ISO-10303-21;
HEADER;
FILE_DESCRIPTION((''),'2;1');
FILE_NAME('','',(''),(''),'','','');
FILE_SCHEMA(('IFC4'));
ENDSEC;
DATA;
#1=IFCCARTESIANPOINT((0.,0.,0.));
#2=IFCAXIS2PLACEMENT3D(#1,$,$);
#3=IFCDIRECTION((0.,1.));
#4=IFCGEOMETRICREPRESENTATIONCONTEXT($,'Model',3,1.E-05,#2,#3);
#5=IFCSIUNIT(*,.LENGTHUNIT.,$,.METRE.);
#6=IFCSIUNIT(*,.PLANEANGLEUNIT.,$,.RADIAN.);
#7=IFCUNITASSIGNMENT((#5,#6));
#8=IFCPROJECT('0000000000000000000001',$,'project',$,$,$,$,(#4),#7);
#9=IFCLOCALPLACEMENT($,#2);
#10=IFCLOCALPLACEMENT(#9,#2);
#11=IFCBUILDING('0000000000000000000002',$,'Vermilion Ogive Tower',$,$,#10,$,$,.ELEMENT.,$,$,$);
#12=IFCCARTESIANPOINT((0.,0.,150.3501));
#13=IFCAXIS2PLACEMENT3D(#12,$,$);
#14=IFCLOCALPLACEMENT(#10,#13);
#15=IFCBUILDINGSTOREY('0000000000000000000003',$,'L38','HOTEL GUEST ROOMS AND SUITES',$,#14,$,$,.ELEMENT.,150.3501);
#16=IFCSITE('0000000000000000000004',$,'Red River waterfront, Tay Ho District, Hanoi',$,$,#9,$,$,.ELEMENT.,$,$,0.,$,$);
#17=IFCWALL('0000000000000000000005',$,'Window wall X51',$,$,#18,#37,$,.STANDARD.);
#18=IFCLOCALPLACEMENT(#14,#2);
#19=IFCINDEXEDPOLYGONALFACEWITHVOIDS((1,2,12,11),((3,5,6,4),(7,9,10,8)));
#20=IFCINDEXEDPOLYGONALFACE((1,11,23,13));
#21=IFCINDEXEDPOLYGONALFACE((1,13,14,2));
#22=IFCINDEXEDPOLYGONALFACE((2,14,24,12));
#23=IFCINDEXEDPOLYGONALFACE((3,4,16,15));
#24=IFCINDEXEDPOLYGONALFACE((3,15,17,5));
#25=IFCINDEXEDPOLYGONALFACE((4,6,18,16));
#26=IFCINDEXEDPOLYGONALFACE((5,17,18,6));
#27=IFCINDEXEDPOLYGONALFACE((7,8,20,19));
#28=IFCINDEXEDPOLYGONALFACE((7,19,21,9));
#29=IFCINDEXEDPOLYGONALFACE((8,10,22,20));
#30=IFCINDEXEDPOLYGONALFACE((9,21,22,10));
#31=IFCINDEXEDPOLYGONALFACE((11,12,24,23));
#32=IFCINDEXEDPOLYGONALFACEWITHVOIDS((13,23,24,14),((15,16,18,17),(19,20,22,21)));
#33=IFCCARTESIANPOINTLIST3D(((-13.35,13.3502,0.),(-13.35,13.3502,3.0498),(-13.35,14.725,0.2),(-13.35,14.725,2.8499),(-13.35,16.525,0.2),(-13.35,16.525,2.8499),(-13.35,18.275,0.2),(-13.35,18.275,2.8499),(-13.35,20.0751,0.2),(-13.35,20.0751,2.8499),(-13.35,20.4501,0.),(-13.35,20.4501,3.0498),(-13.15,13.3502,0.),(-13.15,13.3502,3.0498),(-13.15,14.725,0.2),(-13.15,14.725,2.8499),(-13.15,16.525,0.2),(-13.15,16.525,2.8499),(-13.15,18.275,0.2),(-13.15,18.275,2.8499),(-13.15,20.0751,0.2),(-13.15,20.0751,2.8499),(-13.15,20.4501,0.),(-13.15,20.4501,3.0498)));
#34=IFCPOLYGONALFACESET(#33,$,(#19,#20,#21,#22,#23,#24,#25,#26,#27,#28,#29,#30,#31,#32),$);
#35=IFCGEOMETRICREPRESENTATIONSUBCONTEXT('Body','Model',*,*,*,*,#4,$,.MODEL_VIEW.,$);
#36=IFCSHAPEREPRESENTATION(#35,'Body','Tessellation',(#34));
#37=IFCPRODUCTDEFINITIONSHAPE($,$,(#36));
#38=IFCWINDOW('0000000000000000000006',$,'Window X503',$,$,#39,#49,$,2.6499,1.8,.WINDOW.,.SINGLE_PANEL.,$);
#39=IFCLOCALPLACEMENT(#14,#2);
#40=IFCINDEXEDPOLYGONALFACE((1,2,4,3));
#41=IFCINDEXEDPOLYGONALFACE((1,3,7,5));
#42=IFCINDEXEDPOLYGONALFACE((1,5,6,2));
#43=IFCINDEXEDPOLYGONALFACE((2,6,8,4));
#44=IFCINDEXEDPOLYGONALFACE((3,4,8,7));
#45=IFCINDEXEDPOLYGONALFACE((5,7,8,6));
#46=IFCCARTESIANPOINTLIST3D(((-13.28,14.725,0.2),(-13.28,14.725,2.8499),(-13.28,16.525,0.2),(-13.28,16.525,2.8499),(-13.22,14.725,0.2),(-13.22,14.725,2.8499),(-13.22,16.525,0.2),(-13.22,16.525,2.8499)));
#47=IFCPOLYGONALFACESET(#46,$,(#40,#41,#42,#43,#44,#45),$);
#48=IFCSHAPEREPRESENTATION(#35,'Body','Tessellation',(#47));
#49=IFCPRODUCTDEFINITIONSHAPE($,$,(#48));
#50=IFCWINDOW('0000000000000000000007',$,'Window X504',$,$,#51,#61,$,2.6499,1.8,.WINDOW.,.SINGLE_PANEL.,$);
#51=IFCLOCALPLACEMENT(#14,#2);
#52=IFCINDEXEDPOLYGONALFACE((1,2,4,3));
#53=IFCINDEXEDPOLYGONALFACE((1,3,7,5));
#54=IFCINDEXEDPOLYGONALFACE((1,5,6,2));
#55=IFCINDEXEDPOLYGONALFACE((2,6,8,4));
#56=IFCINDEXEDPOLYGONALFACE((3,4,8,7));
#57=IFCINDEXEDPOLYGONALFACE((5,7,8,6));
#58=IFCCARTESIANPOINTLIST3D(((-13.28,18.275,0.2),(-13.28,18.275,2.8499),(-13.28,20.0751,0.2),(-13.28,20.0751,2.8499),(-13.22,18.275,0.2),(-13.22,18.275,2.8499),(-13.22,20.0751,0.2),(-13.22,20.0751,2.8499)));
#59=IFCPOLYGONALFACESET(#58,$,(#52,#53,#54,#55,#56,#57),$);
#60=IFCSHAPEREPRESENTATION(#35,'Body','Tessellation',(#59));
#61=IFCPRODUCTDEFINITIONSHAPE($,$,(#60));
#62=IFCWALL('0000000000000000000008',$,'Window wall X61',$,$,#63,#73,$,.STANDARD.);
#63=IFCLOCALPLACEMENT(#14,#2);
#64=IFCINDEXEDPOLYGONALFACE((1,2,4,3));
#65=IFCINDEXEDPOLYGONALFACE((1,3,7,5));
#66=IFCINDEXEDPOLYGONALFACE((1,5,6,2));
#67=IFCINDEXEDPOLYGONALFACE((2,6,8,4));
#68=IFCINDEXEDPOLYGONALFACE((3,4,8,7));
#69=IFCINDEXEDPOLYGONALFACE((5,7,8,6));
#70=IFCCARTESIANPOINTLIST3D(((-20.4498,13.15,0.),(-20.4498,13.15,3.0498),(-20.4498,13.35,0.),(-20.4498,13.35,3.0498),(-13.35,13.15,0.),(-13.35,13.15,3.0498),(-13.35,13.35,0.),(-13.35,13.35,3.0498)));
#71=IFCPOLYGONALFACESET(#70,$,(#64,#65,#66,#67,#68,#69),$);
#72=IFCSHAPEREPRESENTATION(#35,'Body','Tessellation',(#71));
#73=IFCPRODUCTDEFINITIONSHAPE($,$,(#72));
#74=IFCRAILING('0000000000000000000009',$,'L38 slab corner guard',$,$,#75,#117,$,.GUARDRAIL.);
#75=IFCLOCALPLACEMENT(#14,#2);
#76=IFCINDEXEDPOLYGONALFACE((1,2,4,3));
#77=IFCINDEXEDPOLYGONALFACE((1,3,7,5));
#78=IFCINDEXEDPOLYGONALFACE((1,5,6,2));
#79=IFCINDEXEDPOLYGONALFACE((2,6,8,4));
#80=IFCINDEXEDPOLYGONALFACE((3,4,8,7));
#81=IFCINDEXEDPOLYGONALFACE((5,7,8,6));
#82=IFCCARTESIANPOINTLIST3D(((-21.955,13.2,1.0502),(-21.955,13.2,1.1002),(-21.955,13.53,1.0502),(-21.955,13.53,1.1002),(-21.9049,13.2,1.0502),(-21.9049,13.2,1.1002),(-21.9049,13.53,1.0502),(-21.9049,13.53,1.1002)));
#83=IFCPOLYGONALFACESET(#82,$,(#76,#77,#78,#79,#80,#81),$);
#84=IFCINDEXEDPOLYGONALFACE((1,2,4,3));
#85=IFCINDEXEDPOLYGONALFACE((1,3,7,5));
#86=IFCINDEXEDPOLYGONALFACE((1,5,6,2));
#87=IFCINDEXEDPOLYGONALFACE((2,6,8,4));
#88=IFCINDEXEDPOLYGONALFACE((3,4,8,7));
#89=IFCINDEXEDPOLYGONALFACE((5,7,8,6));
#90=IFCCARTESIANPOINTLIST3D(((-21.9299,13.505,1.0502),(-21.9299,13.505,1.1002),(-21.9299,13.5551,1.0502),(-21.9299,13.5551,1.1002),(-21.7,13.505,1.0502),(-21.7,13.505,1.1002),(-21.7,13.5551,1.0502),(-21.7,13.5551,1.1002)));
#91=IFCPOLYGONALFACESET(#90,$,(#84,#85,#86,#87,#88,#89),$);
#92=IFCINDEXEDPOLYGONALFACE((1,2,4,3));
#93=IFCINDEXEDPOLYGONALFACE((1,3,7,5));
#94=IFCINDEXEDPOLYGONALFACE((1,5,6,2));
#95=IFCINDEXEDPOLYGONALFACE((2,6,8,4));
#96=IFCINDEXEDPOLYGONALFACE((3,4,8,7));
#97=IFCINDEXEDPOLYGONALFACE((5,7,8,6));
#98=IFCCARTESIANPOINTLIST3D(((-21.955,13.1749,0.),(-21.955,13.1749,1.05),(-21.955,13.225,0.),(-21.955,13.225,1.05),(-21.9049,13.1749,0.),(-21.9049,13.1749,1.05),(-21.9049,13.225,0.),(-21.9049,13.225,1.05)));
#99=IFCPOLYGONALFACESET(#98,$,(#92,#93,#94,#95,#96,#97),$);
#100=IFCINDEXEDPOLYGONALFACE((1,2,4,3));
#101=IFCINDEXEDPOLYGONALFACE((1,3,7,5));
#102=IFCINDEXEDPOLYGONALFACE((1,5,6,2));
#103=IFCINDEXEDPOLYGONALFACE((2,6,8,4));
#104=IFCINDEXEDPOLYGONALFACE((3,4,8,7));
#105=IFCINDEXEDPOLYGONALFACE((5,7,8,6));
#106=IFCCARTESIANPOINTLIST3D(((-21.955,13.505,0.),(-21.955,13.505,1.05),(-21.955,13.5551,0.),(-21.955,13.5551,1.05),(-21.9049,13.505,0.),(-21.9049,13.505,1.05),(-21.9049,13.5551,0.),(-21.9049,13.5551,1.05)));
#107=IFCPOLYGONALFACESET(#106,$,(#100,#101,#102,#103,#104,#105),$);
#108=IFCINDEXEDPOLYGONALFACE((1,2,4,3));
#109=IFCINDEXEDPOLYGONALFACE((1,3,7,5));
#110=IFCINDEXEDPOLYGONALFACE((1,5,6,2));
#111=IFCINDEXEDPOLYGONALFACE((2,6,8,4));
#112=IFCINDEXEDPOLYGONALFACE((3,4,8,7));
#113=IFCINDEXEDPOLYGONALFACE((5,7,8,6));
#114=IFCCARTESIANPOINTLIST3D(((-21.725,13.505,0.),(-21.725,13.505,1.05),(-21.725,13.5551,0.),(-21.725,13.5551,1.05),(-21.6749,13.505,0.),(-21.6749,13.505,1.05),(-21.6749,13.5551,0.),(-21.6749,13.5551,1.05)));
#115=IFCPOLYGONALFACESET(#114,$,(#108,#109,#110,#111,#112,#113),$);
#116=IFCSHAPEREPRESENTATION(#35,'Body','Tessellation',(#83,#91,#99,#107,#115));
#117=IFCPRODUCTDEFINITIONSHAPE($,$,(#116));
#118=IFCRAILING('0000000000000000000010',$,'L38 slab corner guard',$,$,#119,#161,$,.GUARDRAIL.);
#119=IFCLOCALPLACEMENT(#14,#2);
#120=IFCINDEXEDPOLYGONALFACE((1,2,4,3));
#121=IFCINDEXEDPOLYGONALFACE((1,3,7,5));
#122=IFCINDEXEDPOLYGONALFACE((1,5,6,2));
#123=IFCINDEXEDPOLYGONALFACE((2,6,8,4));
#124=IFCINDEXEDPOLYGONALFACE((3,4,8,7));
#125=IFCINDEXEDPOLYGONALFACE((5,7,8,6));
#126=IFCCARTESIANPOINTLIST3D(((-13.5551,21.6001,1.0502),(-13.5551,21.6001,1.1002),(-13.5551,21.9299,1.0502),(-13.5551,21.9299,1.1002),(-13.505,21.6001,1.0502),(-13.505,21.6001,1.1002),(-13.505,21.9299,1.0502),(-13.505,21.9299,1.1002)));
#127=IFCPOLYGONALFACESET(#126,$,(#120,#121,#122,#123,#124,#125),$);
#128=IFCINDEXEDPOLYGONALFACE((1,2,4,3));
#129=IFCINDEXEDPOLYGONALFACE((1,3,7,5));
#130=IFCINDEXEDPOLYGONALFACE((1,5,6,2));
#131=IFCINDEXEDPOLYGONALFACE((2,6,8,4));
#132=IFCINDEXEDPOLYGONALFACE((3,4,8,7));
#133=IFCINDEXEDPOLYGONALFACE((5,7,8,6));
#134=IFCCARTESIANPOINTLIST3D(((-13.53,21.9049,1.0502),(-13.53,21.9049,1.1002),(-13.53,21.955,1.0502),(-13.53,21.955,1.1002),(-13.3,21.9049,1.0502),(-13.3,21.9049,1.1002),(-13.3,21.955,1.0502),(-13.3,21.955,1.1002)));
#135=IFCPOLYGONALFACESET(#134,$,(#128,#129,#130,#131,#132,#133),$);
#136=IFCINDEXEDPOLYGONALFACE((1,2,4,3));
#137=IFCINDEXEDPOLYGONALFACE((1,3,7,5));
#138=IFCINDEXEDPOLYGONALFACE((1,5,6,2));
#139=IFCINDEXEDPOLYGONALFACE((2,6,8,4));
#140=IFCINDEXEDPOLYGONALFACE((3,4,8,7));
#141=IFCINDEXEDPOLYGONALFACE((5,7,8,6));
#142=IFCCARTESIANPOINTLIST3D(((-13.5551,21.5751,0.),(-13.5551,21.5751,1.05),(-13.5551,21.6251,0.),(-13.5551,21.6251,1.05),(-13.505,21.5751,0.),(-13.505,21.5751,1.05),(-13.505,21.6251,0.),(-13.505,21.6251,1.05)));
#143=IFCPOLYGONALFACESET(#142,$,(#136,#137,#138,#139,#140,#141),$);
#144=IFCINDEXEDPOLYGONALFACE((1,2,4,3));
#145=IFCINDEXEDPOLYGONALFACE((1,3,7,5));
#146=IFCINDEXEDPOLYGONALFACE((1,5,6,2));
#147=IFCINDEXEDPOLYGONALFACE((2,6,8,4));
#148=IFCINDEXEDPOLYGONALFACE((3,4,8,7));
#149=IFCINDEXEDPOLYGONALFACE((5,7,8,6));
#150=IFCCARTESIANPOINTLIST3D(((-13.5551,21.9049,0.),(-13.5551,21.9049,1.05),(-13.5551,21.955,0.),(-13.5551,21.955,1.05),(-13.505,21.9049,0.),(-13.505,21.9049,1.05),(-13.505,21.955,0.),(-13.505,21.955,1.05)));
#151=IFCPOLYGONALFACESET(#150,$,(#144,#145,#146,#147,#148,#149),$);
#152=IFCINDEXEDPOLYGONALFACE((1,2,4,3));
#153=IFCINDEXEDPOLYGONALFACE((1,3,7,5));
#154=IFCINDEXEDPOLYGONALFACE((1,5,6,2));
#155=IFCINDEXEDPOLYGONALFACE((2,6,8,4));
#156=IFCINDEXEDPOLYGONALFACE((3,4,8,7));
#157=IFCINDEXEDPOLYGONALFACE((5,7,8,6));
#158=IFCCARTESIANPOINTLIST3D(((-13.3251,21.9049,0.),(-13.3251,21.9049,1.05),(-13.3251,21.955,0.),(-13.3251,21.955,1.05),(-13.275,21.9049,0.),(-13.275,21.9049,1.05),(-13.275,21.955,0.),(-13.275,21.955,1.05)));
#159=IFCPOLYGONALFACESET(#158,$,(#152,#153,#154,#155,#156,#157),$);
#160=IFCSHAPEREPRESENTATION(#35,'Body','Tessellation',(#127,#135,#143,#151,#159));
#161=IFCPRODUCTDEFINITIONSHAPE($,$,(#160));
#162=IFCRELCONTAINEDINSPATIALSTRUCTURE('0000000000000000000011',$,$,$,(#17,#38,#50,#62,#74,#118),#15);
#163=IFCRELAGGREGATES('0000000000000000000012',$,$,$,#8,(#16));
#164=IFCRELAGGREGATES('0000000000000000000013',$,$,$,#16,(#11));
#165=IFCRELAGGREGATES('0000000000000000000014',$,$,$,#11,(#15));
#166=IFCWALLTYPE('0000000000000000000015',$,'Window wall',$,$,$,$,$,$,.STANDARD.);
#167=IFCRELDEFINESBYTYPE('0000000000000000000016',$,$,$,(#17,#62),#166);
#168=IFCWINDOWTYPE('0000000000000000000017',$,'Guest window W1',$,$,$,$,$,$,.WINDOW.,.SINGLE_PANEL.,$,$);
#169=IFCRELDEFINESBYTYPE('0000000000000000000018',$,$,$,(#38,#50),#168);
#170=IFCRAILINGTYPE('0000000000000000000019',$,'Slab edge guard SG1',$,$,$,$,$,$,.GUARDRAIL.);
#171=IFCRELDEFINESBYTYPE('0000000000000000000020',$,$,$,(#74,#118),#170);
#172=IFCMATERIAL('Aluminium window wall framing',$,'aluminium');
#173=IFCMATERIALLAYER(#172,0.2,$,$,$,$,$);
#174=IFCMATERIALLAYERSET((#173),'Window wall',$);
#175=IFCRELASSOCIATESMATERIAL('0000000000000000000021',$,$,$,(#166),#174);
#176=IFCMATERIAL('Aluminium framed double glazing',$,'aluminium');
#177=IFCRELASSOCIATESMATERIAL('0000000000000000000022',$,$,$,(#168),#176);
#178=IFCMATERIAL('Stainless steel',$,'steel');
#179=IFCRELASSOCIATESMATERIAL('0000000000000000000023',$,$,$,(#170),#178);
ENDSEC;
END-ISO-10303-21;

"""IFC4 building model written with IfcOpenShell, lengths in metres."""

from ifc_helpers import new_model, si_unit, direction, frame, frame_2d, origin, origin_2d, place, context, subcontext, project, spatial, rectangle, extrude, material, layer, layer_set, type_object, element, fill, save


model = new_model("IFC4")

# Units and contexts
model_context = context("Model", 3, precision=1e-05, world=origin(), true_north=direction((0.0, 1.0)))
body_context = subcontext(model_context, "Body", "Model", "MODEL_VIEW")
ifc_project = project(units=[si_unit("LENGTHUNIT", "METRE"), si_unit("PLANEANGLEUNIT", "RADIAN")], contexts=[model_context])

# Site, building, storey
site_placement = place(None, origin())
site = spatial("IfcSite", under=ifc_project, at=site_placement, Name="Red River waterfront, Tay Ho District, Hanoi", CompositionType="ELEMENT", RefElevation=0.0)
building_placement = place(site_placement, origin())
building = spatial("IfcBuilding", under=site, at=building_placement, Name="Vermilion Ogive Tower", CompositionType="ELEMENT")
storey_placement = place(building_placement, frame((0.0, 0.0, 150.3501)))
storey = spatial("IfcBuildingStorey", under=building, at=storey_placement, Name="L38", Description="HOTEL GUEST ROOMS AND SUITES", CompositionType="ELEMENT", Elevation=150.3501)

# Wall, openings, windows
ifc_material_1 = material(Name="Aluminium window wall framing", Category="aluminium")
ifc_layer_1 = layer(ifc_material_1, 0.2)
ifc_layer_set_1 = layer_set([ifc_layer_1], Name="Window wall")
wall_type_1 = type_object("IfcWallType", Name="Window wall", PredefinedType="STANDARD", material=ifc_layer_set_1)
wall_1_placement = place(storey_placement, frame((-13.25, 20.45, 0.0), z_axis=(0.0, 0.0, 1.0), x_axis=(0.0, -1.0, 0.0)))
wall_1 = element("IfcWall", 1, at=wall_1_placement, inside=storey, type_object=wall_type_1, Name="Window wall X51", PredefinedType="STANDARD", context=body_context, shape_type="SweptSolid", body=[
    extrude(rectangle(XDim=7.0999, YDim=0.2, at=frame_2d((3.5498, 0.0))), origin(), (0.0, 0.0, 1.0), 3.0498),
])
opening_1_placement = place(wall_1_placement, frame((3.925, 0.0, 0.2)))
opening_1 = element("IfcOpeningElement", 2, at=opening_1_placement, cuts=wall_1, PredefinedType="OPENING", context=body_context, shape_type="SweptSolid", body=[
    extrude(rectangle(XDim=1.8, YDim=2.6499, at=frame_2d((0.8999, 1.325))), frame((0.0, 0.1099, 0.0), z_axis=(0.0, -1.0, 0.0), x_axis=(1.0, 0.0, 0.0)), (0.0, 0.0, 1.0), 0.22),
])
opening_2_placement = place(wall_1_placement, frame((0.375, 0.0, 0.2)))
opening_2 = element("IfcOpeningElement", 3, at=opening_2_placement, cuts=wall_1, PredefinedType="OPENING", context=body_context, shape_type="SweptSolid", body=[
    extrude(rectangle(XDim=1.8, YDim=2.6499, at=frame_2d((0.8999, 1.325))), frame((0.0, 0.1099, 0.0), z_axis=(0.0, -1.0, 0.0), x_axis=(1.0, 0.0, 0.0)), (0.0, 0.0, 1.0), 0.22),
])
ifc_material_2 = material(Name="Aluminium framed double glazing", Category="aluminium")
window_type = type_object("IfcWindowType", Name="Guest window W1", PartitioningType="SINGLE_PANEL", PredefinedType="WINDOW", material=ifc_material_2)
window_1_placement = place(opening_1_placement, origin())
window_1 = element("IfcWindow", 4, at=window_1_placement, inside=storey, type_object=window_type, Name="Window X503", OverallHeight=2.6499, OverallWidth=1.8, PartitioningType="SINGLE_PANEL", PredefinedType="WINDOW", context=body_context, shape_type="SweptSolid", body=[
    extrude(rectangle(XDim=1.8, YDim=2.6499, at=frame_2d((0.8999, 1.325))), frame((0.0, 0.03, 0.0), z_axis=(0.0, -1.0, 0.0), x_axis=(1.0, 0.0, 0.0)), (0.0, 0.0, 1.0), 0.0601),
])
fill(opening_1, window_1)
window_2_placement = place(opening_2_placement, origin())
window_2 = element("IfcWindow", 5, at=window_2_placement, inside=storey, type_object=window_type, Name="Window X504", OverallHeight=2.6499, OverallWidth=1.8, PartitioningType="SINGLE_PANEL", PredefinedType="WINDOW", context=body_context, shape_type="SweptSolid", body=[
    extrude(rectangle(XDim=1.8, YDim=2.6499, at=frame_2d((0.8999, 1.325))), frame((0.0, 0.03, 0.0), z_axis=(0.0, -1.0, 0.0), x_axis=(1.0, 0.0, 0.0)), (0.0, 0.0, 1.0), 0.0601),
])
fill(opening_2, window_2)

# Wall
wall_2_placement = place(storey_placement, frame((-13.3501, 13.25, 0.0), z_axis=(0.0, 0.0, 1.0), x_axis=(-1.0, 0.0, 0.0)))
element("IfcWall", 6, at=wall_2_placement, inside=storey, type_object=wall_type_1, Name="Window wall X61", PredefinedType="STANDARD", context=body_context, shape_type="SweptSolid", body=[
    extrude(rectangle(XDim=7.0999, YDim=0.2, at=frame_2d((3.5498, 0.0))), origin(), (0.0, 0.0, 1.0), 3.0498),
])

# Railings
ifc_material_3 = material(Name="Stainless steel", Category="steel")
railing_type = type_object("IfcRailingType", Name="Slab edge guard SG1", PredefinedType="GUARDRAIL", material=ifc_material_3)
railing_1_placement = place(storey_placement, frame((-21.9299, 13.2, 0.0)))
element("IfcRailing", 7, at=railing_1_placement, inside=storey, type_object=railing_type, Name="L38 slab corner guard", PredefinedType="GUARDRAIL", context=body_context, shape_type="SweptSolid", body=[
    extrude(rectangle(XDim=0.05, YDim=0.05, at=origin_2d()), frame((0.0, 0.0, 1.0752), z_axis=(0.0, 1.0, 0.0), x_axis=(-1.0, 0.0, 0.0)), (0.0, 0.0, 1.0), 0.3301),
    extrude(rectangle(XDim=0.05, YDim=0.05, at=origin_2d()), frame((0.0, 0.3301, 1.0752), z_axis=(1.0, 0.0, 0.0), x_axis=(0.0, 1.0, 0.0)), (0.0, 0.0, 1.0), 0.23),
    extrude(rectangle(XDim=0.05, YDim=0.05, at=origin_2d()), origin(), (0.0, 0.0, 1.0), 1.05),
    extrude(rectangle(XDim=0.05, YDim=0.05, at=origin_2d()), frame((0.0, 0.3301, 0.0)), (0.0, 0.0, 1.0), 1.05),
    extrude(rectangle(XDim=0.05, YDim=0.05, at=origin_2d()), frame((0.23, 0.3301, 0.0)), (0.0, 0.0, 1.0), 1.05),
])
railing_2_placement = place(storey_placement, frame((-13.53, 21.6001, 0.0)))
element("IfcRailing", 8, at=railing_2_placement, inside=storey, type_object=railing_type, Name="L38 slab corner guard", PredefinedType="GUARDRAIL", context=body_context, shape_type="SweptSolid", body=[
    extrude(rectangle(XDim=0.05, YDim=0.05, at=origin_2d()), frame((0.0, 0.0, 1.0752), z_axis=(0.0, 1.0, 0.0), x_axis=(-1.0, 0.0, 0.0)), (0.0, 0.0, 1.0), 0.3298),
    extrude(rectangle(XDim=0.05, YDim=0.05, at=origin_2d()), frame((0.0, 0.3298, 1.0752), z_axis=(1.0, 0.0, 0.0), x_axis=(0.0, 1.0, 0.0)), (0.0, 0.0, 1.0), 0.23),
    extrude(rectangle(XDim=0.05, YDim=0.05, at=origin_2d()), origin(), (0.0, 0.0, 1.0), 1.05),
    extrude(rectangle(XDim=0.05, YDim=0.05, at=origin_2d()), frame((0.0, 0.3298, 0.0)), (0.0, 0.0, 1.0), 1.05),
    extrude(rectangle(XDim=0.05, YDim=0.05, at=origin_2d()), frame((0.23, 0.3298, 0.0)), (0.0, 0.0, 1.0), 1.05),
])

save(model, "model.ifc")
